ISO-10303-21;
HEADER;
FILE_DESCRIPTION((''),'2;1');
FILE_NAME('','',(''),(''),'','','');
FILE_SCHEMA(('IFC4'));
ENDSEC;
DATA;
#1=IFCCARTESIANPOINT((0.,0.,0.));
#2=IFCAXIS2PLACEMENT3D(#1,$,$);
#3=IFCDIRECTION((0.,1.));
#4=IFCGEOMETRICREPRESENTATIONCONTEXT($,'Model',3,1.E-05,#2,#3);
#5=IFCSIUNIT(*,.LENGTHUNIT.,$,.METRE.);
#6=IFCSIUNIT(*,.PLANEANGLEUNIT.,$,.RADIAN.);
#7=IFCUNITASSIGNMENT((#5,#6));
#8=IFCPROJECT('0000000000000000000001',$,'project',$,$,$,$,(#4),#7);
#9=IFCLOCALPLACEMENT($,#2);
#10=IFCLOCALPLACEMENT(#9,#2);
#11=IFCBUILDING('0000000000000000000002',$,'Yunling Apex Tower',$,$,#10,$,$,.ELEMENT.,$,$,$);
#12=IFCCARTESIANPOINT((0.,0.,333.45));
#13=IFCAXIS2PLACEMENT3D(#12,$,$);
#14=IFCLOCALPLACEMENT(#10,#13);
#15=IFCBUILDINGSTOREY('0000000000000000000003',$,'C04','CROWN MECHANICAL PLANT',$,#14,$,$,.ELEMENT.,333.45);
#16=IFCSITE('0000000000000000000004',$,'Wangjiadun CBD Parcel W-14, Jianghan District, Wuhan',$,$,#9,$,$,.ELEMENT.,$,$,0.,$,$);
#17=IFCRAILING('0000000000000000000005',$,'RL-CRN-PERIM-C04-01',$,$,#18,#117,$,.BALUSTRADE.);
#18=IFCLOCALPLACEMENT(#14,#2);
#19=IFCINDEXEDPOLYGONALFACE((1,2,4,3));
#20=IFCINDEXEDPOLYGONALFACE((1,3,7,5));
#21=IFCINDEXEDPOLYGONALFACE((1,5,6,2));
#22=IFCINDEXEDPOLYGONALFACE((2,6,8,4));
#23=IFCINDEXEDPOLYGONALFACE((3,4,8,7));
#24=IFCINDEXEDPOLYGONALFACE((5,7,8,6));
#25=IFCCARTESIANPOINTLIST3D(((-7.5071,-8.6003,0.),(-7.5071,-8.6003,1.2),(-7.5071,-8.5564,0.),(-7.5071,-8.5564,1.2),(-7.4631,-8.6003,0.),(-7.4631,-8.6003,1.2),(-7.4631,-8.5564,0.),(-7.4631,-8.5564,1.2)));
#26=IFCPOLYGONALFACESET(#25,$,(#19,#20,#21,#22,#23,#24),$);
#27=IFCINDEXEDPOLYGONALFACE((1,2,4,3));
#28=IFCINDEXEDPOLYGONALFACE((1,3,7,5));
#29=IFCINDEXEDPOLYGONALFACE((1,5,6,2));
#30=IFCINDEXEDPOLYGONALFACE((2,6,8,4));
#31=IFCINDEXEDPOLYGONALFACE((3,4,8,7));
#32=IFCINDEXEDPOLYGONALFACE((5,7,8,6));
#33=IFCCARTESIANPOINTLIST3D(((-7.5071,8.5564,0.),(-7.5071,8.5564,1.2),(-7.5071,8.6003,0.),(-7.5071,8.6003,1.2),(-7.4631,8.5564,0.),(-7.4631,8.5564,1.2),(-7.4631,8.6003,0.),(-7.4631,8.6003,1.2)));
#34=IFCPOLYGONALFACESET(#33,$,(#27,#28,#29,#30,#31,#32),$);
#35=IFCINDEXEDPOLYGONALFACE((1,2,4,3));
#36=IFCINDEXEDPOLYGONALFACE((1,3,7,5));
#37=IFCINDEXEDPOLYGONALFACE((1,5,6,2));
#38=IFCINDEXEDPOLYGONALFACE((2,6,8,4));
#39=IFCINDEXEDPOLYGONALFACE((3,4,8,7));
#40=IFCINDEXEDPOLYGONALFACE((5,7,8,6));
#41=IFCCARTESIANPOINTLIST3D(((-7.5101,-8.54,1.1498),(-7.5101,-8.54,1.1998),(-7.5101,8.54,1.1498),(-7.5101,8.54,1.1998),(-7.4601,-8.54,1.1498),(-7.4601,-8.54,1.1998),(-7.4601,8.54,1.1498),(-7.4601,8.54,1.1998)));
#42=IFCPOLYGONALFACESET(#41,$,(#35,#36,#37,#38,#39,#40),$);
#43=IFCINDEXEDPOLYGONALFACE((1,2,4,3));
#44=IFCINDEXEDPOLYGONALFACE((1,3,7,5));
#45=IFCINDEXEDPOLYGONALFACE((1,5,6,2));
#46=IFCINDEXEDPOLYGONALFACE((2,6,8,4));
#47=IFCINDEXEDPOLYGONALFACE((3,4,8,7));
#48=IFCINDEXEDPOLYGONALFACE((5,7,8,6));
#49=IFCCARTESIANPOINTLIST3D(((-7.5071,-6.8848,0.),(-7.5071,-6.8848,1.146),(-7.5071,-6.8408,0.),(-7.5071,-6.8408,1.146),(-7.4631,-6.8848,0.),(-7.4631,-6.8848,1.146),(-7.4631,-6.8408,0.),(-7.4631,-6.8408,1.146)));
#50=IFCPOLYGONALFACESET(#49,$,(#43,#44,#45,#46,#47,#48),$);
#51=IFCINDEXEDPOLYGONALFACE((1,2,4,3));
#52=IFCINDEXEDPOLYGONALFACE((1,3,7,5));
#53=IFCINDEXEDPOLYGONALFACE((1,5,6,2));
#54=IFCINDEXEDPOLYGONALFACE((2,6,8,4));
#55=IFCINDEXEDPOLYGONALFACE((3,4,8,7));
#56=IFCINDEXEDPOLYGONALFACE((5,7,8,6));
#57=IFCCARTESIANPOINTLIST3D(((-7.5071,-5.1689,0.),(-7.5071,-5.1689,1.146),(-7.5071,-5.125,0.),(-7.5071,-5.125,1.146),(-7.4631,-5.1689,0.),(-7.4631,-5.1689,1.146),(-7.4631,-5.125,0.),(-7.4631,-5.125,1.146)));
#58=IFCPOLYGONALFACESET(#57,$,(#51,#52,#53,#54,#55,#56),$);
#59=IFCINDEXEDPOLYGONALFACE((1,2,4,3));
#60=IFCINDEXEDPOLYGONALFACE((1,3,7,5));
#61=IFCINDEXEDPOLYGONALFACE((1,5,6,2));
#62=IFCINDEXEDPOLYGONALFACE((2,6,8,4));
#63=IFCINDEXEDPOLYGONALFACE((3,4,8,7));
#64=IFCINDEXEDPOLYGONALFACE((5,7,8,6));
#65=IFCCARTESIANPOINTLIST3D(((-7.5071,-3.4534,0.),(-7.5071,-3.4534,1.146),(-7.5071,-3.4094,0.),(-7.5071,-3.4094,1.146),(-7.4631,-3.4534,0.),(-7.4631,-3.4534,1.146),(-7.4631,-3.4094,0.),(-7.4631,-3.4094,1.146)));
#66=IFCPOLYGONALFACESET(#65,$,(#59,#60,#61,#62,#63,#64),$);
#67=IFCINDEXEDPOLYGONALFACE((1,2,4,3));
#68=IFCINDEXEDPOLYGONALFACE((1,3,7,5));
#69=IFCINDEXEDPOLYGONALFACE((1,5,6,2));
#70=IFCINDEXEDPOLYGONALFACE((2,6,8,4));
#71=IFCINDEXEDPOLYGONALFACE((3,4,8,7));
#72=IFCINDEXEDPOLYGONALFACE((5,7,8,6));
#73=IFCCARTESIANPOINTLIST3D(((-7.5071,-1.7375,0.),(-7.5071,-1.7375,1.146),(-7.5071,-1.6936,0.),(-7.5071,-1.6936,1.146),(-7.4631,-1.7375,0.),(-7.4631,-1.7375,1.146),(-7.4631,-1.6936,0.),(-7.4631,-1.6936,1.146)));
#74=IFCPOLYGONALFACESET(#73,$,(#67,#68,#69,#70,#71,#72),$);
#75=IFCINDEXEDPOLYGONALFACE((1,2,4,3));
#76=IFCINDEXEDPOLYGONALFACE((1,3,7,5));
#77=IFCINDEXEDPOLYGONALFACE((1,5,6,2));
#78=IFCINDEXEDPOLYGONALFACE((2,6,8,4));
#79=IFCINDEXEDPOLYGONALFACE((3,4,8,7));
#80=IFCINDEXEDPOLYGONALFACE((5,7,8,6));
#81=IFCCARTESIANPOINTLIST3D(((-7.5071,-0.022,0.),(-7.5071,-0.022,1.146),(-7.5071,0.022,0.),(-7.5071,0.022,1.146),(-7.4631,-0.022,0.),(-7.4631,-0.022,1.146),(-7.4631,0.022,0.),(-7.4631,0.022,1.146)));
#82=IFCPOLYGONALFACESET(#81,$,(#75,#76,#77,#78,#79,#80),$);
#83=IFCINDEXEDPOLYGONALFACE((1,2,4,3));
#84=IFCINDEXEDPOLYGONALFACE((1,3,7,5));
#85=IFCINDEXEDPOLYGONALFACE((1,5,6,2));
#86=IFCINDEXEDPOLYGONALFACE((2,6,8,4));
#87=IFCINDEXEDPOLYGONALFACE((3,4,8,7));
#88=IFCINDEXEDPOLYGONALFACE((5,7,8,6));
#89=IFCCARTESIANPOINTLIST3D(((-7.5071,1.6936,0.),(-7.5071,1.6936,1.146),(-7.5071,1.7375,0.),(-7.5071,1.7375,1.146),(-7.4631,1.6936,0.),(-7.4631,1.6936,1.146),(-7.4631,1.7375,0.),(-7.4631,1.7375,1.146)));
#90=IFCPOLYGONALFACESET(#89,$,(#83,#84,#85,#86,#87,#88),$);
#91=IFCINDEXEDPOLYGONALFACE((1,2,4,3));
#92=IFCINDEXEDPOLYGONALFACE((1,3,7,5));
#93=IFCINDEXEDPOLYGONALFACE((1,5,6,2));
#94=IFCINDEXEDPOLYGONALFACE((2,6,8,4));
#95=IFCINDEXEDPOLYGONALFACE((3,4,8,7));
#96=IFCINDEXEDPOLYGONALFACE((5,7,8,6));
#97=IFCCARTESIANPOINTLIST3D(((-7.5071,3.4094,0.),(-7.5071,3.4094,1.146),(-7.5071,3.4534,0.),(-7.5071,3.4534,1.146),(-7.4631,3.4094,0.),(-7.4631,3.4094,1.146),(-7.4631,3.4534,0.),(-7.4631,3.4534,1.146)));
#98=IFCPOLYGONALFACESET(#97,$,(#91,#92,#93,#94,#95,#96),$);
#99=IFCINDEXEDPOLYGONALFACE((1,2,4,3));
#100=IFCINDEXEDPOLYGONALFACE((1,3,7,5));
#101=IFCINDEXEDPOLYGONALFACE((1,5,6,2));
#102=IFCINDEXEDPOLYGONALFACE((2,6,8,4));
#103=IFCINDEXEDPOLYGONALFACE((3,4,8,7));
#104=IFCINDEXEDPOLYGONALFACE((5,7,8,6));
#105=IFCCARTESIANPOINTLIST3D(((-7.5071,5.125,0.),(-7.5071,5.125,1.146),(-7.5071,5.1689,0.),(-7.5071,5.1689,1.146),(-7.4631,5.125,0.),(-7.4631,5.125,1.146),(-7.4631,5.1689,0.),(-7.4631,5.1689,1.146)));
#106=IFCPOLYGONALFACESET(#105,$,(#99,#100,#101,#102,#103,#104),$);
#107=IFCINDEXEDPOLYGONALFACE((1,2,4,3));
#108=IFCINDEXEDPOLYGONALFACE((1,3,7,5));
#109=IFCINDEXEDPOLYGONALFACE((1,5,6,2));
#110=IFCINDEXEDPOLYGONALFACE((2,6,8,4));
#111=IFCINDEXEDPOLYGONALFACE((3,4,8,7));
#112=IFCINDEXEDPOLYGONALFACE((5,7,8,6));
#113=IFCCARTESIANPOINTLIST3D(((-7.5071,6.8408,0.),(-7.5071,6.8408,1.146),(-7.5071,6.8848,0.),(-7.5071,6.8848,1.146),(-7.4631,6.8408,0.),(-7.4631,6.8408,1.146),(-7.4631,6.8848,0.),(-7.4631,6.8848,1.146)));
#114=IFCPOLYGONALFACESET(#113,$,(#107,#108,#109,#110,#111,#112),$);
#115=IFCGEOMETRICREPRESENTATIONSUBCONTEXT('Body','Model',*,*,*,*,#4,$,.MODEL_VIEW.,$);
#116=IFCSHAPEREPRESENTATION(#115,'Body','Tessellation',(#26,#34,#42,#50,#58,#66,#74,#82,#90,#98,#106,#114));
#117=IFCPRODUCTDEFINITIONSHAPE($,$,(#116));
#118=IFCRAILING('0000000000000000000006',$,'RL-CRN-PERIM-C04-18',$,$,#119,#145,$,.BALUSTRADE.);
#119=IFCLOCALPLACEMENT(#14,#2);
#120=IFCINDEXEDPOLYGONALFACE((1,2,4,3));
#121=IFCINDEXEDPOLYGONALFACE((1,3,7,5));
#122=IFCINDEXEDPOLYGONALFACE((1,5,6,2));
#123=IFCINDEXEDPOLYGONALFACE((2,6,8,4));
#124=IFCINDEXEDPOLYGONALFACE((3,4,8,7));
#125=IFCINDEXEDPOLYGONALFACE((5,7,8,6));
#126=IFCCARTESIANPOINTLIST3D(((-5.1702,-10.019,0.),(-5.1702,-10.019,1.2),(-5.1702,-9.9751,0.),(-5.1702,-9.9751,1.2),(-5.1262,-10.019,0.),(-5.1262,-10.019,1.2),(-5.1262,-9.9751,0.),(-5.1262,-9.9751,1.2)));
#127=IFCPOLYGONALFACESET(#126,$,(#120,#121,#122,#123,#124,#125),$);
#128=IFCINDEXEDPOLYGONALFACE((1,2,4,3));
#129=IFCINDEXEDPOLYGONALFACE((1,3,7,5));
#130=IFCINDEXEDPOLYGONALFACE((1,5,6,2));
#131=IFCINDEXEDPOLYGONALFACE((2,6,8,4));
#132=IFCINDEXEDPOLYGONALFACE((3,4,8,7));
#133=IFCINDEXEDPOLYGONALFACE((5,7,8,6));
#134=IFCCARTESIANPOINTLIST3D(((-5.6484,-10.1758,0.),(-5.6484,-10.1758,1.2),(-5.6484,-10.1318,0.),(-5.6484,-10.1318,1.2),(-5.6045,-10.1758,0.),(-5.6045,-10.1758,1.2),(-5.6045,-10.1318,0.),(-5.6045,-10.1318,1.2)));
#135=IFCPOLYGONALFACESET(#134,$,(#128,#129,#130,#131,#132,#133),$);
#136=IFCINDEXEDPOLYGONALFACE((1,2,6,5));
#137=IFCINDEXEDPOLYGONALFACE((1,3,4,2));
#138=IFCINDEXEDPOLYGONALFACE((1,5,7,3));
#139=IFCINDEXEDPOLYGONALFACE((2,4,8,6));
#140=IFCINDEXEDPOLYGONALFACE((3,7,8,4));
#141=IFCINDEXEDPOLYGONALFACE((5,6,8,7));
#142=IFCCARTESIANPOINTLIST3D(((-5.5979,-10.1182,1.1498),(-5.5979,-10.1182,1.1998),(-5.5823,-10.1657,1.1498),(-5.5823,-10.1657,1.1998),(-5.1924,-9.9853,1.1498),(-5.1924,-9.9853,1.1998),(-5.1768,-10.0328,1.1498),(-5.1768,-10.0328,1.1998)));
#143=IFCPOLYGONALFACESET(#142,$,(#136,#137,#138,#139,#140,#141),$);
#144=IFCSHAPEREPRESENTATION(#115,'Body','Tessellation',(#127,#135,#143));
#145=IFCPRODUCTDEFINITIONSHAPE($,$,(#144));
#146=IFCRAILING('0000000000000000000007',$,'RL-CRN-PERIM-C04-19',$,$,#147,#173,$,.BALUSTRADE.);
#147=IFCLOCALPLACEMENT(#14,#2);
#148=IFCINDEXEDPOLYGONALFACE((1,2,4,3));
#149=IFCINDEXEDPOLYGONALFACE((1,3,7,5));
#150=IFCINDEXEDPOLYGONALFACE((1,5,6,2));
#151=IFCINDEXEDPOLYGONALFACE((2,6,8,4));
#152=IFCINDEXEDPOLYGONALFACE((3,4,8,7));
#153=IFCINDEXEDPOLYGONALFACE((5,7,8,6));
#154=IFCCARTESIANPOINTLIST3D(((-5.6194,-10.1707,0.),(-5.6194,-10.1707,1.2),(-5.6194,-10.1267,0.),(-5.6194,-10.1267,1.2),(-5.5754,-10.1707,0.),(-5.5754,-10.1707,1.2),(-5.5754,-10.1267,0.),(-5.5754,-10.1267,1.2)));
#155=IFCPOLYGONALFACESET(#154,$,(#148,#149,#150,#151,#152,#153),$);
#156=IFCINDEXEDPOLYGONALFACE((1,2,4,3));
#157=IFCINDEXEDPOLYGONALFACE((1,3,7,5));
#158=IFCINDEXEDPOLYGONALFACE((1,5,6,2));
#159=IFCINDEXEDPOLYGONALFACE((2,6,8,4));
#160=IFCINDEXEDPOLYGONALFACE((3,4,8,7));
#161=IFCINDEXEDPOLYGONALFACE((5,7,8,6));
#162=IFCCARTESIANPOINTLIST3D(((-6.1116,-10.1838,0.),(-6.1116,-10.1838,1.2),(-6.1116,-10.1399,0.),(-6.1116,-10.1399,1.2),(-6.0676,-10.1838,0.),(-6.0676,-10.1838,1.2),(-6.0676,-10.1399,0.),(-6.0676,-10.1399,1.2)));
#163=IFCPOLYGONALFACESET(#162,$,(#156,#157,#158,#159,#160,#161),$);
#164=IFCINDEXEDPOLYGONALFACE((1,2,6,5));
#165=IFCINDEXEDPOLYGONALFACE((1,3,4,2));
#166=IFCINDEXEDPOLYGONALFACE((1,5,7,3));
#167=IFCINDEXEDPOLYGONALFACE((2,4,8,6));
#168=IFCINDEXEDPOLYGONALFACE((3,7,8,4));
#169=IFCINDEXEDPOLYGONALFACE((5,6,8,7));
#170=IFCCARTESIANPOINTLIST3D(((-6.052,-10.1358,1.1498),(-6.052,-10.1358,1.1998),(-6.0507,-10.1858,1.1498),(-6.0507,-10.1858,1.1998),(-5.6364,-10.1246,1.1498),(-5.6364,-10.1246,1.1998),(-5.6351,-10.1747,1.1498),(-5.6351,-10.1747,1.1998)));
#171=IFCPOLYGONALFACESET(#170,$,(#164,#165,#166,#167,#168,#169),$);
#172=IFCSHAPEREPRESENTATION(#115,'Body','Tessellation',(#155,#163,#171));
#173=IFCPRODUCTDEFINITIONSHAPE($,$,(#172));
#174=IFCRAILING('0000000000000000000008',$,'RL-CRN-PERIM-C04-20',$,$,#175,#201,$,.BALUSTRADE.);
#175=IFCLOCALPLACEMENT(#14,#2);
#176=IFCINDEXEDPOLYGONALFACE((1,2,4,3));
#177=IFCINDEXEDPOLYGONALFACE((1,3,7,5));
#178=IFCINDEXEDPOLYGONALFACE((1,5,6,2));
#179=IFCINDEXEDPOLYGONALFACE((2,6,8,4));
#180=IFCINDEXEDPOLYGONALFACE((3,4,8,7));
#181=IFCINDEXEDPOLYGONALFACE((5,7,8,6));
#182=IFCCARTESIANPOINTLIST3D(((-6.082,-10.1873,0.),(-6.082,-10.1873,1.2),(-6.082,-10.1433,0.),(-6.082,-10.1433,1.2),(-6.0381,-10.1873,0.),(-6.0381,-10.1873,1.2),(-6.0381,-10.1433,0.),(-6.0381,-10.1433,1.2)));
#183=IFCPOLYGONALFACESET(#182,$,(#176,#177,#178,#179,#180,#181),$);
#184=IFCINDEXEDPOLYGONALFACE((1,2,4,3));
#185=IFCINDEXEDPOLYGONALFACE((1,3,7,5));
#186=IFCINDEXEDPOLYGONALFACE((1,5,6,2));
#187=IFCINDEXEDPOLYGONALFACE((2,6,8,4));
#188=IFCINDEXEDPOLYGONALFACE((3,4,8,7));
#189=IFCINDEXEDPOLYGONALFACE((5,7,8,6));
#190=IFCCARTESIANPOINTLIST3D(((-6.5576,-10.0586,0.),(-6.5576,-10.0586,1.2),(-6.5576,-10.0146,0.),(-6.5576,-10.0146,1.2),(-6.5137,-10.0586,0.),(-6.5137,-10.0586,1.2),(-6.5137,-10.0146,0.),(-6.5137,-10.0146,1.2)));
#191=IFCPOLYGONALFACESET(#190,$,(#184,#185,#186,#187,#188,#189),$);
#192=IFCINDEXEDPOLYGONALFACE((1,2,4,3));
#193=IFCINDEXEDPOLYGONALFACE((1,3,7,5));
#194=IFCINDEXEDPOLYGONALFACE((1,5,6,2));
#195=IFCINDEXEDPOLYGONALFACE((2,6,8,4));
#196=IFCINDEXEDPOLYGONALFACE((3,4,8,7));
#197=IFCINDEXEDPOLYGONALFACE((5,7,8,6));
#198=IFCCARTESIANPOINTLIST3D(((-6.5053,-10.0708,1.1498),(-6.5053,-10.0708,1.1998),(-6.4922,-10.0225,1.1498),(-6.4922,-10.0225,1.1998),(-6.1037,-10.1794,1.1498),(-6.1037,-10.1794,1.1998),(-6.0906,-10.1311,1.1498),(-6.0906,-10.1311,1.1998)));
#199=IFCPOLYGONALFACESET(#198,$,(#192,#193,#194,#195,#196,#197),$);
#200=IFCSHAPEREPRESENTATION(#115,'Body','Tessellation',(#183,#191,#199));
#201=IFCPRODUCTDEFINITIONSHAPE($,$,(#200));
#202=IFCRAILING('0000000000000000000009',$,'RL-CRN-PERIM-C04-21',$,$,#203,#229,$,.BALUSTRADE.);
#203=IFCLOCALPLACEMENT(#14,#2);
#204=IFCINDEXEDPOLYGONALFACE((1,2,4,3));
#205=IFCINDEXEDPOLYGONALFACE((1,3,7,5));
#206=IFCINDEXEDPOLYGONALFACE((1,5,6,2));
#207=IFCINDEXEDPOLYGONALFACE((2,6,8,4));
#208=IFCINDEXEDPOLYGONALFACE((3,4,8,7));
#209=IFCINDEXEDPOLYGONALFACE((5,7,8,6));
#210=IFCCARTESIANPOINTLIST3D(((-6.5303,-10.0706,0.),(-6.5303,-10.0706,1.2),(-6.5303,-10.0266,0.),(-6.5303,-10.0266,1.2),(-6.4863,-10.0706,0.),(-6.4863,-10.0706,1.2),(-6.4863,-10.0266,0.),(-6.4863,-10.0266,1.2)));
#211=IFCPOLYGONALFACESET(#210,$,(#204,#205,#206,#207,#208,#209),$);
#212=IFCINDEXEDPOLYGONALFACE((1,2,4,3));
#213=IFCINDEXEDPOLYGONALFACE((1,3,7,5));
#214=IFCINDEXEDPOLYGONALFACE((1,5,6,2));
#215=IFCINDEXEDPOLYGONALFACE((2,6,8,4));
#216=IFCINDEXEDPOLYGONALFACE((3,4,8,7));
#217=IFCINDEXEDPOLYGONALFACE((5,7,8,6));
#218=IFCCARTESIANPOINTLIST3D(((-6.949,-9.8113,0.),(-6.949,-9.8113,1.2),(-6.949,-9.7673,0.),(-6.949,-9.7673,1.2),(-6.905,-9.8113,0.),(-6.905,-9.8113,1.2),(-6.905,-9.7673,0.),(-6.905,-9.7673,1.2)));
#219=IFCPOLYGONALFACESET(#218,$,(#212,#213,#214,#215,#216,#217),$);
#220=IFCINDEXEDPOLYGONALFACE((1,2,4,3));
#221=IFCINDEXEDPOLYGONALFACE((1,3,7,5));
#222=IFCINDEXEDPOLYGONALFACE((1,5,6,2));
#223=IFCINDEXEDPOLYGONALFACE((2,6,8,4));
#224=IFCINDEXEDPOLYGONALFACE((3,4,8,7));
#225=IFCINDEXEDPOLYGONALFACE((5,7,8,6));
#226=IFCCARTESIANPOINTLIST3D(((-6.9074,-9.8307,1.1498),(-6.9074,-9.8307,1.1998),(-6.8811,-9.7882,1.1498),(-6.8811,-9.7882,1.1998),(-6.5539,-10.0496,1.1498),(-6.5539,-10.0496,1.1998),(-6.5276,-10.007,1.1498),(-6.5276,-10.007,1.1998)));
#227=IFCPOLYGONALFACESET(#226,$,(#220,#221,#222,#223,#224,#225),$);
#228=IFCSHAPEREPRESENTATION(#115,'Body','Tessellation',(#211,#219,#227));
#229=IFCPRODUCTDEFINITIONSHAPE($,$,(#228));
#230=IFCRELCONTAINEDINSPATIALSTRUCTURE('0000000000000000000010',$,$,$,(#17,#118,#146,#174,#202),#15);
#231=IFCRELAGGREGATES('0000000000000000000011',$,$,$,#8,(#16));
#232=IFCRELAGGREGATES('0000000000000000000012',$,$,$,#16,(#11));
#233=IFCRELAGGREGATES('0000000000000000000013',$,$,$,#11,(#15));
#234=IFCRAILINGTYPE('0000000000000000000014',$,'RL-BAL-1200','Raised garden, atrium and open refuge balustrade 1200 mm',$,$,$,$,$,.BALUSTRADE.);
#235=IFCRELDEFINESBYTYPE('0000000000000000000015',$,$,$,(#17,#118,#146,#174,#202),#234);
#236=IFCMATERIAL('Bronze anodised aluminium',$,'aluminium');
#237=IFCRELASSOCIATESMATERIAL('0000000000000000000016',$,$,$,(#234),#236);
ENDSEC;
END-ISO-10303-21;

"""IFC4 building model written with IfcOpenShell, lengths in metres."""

from ifc_helpers import new_model, si_unit, direction, frame, origin, origin_2d, place, context, subcontext, project, spatial, rectangle, extrude, material, type_object, element, save


model = new_model("IFC4")

# Units and contexts
model_context = context("Model", 3, precision=1e-05, world=origin(), true_north=direction((0.0, 1.0)))
body_context = subcontext(model_context, "Body", "Model", "MODEL_VIEW")
ifc_project = project(units=[si_unit("LENGTHUNIT", "METRE"), si_unit("PLANEANGLEUNIT", "RADIAN")], contexts=[model_context])

# Site, building, storey
site_placement = place(None, origin())
site = spatial("IfcSite", under=ifc_project, at=site_placement, Name="Wangjiadun CBD Parcel W-14, Jianghan District, Wuhan", CompositionType="ELEMENT", RefElevation=0.0)
building_placement = place(site_placement, origin())
building = spatial("IfcBuilding", under=site, at=building_placement, Name="Yunling Apex Tower", CompositionType="ELEMENT")
storey_placement = place(building_placement, frame((0.0, 0.0, 333.45)))
storey = spatial("IfcBuildingStorey", under=building, at=storey_placement, Name="C04", Description="CROWN MECHANICAL PLANT", CompositionType="ELEMENT", Elevation=333.45)

# Shared definitions
ifc_material_1 = material(Name="Bronze anodised aluminium", Category="aluminium")

# Railings
railing_type_1 = type_object("IfcRailingType", Name="RL-BAL-1200", Description="Raised garden, atrium and open refuge balustrade 1200 mm", PredefinedType="BALUSTRADE", material=ifc_material_1)
railing_1_placement = place(storey_placement, frame((-7.4851, -8.5784, 0.0)))
element("IfcRailing", 1, at=railing_1_placement, inside=storey, type_object=railing_type_1, Name="RL-CRN-PERIM-C04-01", PredefinedType="BALUSTRADE", context=body_context, shape_type="SweptSolid", body=[
    extrude(rectangle(XDim=0.0439, YDim=0.0439, at=origin_2d()), origin(), (0.0, 0.0, 1.0), 1.2),
    extrude(rectangle(XDim=0.0439, YDim=0.0439, at=origin_2d()), frame((0.0, 17.1567, 0.0)), (0.0, 0.0, 1.0), 1.2),
    extrude(rectangle(XDim=0.05, YDim=0.05, at=origin_2d()), frame((0.0, 0.0383, 1.1748), z_axis=(0.0, 1.0, 0.0), x_axis=(-1.0, 0.0, 0.0)), (0.0, 0.0, 1.0), 17.0801),
    extrude(rectangle(XDim=0.0439, YDim=0.0439, at=origin_2d()), frame((0.0, 1.7156, 0.0)), (0.0, 0.0, 1.0), 1.146),
    extrude(rectangle(XDim=0.0439, YDim=0.0439, at=origin_2d()), frame((0.0, 3.4314, 0.0)), (0.0, 0.0, 1.0), 1.146),
    extrude(rectangle(XDim=0.0439, YDim=0.0439, at=origin_2d()), frame((0.0, 5.147, 0.0)), (0.0, 0.0, 1.0), 1.146),
    extrude(rectangle(XDim=0.0439, YDim=0.0439, at=origin_2d()), frame((0.0, 6.8628, 0.0)), (0.0, 0.0, 1.0), 1.146),
    extrude(rectangle(XDim=0.0439, YDim=0.0439, at=origin_2d()), frame((0.0, 8.5784, 0.0)), (0.0, 0.0, 1.0), 1.146),
    extrude(rectangle(XDim=0.0439, YDim=0.0439, at=origin_2d()), frame((0.0, 10.2939, 0.0)), (0.0, 0.0, 1.0), 1.146),
    extrude(rectangle(XDim=0.0439, YDim=0.0439, at=origin_2d()), frame((0.0, 12.0098, 0.0)), (0.0, 0.0, 1.0), 1.146),
    extrude(rectangle(XDim=0.0439, YDim=0.0439, at=origin_2d()), frame((0.0, 13.7253, 0.0)), (0.0, 0.0, 1.0), 1.146),
    extrude(rectangle(XDim=0.0439, YDim=0.0439, at=origin_2d()), frame((0.0, 15.4412, 0.0)), (0.0, 0.0, 1.0), 1.146),
])
railing_2_placement = place(storey_placement, frame((-5.1482, -9.9971, 0.0)))
element("IfcRailing", 2, at=railing_2_placement, inside=storey, type_object=railing_type_1, Name="RL-CRN-PERIM-C04-18", PredefinedType="BALUSTRADE", context=body_context, shape_type="SweptSolid", body=[
    extrude(rectangle(XDim=0.0439, YDim=0.0439, at=origin_2d()), origin(), (0.0, 0.0, 1.0), 1.2),
    extrude(rectangle(XDim=0.0439, YDim=0.0439, at=origin_2d()), frame((-0.4783, -0.1567, 0.0)), (0.0, 0.0, 1.0), 1.2),
    extrude(rectangle(XDim=0.05, YDim=0.05, at=origin_2d()), frame((-0.0364, -0.012, 1.1748), z_axis=(-0.950272, -0.311421, 0.0), x_axis=(0.311421, -0.950272, 0.0)), (0.0, 0.0, 1.0), 0.4268),
])
railing_3_placement = place(storey_placement, frame((-5.5974, -10.1487, 0.0)))
element("IfcRailing", 3, at=railing_3_placement, inside=storey, type_object=railing_type_1, Name="RL-CRN-PERIM-C04-19", PredefinedType="BALUSTRADE", context=body_context, shape_type="SweptSolid", body=[
    extrude(rectangle(XDim=0.0439, YDim=0.0439, at=origin_2d()), origin(), (0.0, 0.0, 1.0), 1.2),
    extrude(rectangle(XDim=0.0439, YDim=0.0439, at=origin_2d()), frame((-0.4922, -0.0132, 0.0)), (0.0, 0.0, 1.0), 1.2),
    extrude(rectangle(XDim=0.05, YDim=0.05, at=origin_2d()), frame((-0.0383, -0.001, 1.1748), z_axis=(-0.999641, -0.026776, 0.0), x_axis=(0.026776, -0.999641, 0.0)), (0.0, 0.0, 1.0), 0.4158),
])
railing_4_placement = place(storey_placement, frame((-6.0601, -10.1653, 0.0)))
element("IfcRailing", 4, at=railing_4_placement, inside=storey, type_object=railing_type_1, Name="RL-CRN-PERIM-C04-20", PredefinedType="BALUSTRADE", context=body_context, shape_type="SweptSolid", body=[
    extrude(rectangle(XDim=0.0439, YDim=0.0439, at=origin_2d()), origin(), (0.0, 0.0, 1.0), 1.2),
    extrude(rectangle(XDim=0.0439, YDim=0.0439, at=origin_2d()), frame((-0.4756, 0.1287, 0.0)), (0.0, 0.0, 1.0), 1.2),
    extrude(rectangle(XDim=0.05, YDim=0.05, at=origin_2d()), frame((-0.0371, 0.01, 1.1748), z_axis=(-0.965299, 0.261146, 0.0), x_axis=(-0.261146, -0.965299, 0.0)), (0.0, 0.0, 1.0), 0.416),
])
railing_5_placement = place(storey_placement, frame((-6.5083, -10.0486, 0.0)))
element("IfcRailing", 5, at=railing_5_placement, inside=storey, type_object=railing_type_1, Name="RL-CRN-PERIM-C04-21", PredefinedType="BALUSTRADE", context=body_context, shape_type="SweptSolid", body=[
    extrude(rectangle(XDim=0.0439, YDim=0.0439, at=origin_2d()), origin(), (0.0, 0.0, 1.0), 1.2),
    extrude(rectangle(XDim=0.0439, YDim=0.0439, at=origin_2d()), frame((-0.4187, 0.2593, 0.0)), (0.0, 0.0, 1.0), 1.2),
    extrude(rectangle(XDim=0.05, YDim=0.05, at=origin_2d()), frame((-0.0325, 0.0203, 1.1748), z_axis=(-0.850191, 0.526474, 0.0), x_axis=(-0.526474, -0.850191, 0.0)), (0.0, 0.0, 1.0), 0.4158),
])

save(model, "model.ifc")
